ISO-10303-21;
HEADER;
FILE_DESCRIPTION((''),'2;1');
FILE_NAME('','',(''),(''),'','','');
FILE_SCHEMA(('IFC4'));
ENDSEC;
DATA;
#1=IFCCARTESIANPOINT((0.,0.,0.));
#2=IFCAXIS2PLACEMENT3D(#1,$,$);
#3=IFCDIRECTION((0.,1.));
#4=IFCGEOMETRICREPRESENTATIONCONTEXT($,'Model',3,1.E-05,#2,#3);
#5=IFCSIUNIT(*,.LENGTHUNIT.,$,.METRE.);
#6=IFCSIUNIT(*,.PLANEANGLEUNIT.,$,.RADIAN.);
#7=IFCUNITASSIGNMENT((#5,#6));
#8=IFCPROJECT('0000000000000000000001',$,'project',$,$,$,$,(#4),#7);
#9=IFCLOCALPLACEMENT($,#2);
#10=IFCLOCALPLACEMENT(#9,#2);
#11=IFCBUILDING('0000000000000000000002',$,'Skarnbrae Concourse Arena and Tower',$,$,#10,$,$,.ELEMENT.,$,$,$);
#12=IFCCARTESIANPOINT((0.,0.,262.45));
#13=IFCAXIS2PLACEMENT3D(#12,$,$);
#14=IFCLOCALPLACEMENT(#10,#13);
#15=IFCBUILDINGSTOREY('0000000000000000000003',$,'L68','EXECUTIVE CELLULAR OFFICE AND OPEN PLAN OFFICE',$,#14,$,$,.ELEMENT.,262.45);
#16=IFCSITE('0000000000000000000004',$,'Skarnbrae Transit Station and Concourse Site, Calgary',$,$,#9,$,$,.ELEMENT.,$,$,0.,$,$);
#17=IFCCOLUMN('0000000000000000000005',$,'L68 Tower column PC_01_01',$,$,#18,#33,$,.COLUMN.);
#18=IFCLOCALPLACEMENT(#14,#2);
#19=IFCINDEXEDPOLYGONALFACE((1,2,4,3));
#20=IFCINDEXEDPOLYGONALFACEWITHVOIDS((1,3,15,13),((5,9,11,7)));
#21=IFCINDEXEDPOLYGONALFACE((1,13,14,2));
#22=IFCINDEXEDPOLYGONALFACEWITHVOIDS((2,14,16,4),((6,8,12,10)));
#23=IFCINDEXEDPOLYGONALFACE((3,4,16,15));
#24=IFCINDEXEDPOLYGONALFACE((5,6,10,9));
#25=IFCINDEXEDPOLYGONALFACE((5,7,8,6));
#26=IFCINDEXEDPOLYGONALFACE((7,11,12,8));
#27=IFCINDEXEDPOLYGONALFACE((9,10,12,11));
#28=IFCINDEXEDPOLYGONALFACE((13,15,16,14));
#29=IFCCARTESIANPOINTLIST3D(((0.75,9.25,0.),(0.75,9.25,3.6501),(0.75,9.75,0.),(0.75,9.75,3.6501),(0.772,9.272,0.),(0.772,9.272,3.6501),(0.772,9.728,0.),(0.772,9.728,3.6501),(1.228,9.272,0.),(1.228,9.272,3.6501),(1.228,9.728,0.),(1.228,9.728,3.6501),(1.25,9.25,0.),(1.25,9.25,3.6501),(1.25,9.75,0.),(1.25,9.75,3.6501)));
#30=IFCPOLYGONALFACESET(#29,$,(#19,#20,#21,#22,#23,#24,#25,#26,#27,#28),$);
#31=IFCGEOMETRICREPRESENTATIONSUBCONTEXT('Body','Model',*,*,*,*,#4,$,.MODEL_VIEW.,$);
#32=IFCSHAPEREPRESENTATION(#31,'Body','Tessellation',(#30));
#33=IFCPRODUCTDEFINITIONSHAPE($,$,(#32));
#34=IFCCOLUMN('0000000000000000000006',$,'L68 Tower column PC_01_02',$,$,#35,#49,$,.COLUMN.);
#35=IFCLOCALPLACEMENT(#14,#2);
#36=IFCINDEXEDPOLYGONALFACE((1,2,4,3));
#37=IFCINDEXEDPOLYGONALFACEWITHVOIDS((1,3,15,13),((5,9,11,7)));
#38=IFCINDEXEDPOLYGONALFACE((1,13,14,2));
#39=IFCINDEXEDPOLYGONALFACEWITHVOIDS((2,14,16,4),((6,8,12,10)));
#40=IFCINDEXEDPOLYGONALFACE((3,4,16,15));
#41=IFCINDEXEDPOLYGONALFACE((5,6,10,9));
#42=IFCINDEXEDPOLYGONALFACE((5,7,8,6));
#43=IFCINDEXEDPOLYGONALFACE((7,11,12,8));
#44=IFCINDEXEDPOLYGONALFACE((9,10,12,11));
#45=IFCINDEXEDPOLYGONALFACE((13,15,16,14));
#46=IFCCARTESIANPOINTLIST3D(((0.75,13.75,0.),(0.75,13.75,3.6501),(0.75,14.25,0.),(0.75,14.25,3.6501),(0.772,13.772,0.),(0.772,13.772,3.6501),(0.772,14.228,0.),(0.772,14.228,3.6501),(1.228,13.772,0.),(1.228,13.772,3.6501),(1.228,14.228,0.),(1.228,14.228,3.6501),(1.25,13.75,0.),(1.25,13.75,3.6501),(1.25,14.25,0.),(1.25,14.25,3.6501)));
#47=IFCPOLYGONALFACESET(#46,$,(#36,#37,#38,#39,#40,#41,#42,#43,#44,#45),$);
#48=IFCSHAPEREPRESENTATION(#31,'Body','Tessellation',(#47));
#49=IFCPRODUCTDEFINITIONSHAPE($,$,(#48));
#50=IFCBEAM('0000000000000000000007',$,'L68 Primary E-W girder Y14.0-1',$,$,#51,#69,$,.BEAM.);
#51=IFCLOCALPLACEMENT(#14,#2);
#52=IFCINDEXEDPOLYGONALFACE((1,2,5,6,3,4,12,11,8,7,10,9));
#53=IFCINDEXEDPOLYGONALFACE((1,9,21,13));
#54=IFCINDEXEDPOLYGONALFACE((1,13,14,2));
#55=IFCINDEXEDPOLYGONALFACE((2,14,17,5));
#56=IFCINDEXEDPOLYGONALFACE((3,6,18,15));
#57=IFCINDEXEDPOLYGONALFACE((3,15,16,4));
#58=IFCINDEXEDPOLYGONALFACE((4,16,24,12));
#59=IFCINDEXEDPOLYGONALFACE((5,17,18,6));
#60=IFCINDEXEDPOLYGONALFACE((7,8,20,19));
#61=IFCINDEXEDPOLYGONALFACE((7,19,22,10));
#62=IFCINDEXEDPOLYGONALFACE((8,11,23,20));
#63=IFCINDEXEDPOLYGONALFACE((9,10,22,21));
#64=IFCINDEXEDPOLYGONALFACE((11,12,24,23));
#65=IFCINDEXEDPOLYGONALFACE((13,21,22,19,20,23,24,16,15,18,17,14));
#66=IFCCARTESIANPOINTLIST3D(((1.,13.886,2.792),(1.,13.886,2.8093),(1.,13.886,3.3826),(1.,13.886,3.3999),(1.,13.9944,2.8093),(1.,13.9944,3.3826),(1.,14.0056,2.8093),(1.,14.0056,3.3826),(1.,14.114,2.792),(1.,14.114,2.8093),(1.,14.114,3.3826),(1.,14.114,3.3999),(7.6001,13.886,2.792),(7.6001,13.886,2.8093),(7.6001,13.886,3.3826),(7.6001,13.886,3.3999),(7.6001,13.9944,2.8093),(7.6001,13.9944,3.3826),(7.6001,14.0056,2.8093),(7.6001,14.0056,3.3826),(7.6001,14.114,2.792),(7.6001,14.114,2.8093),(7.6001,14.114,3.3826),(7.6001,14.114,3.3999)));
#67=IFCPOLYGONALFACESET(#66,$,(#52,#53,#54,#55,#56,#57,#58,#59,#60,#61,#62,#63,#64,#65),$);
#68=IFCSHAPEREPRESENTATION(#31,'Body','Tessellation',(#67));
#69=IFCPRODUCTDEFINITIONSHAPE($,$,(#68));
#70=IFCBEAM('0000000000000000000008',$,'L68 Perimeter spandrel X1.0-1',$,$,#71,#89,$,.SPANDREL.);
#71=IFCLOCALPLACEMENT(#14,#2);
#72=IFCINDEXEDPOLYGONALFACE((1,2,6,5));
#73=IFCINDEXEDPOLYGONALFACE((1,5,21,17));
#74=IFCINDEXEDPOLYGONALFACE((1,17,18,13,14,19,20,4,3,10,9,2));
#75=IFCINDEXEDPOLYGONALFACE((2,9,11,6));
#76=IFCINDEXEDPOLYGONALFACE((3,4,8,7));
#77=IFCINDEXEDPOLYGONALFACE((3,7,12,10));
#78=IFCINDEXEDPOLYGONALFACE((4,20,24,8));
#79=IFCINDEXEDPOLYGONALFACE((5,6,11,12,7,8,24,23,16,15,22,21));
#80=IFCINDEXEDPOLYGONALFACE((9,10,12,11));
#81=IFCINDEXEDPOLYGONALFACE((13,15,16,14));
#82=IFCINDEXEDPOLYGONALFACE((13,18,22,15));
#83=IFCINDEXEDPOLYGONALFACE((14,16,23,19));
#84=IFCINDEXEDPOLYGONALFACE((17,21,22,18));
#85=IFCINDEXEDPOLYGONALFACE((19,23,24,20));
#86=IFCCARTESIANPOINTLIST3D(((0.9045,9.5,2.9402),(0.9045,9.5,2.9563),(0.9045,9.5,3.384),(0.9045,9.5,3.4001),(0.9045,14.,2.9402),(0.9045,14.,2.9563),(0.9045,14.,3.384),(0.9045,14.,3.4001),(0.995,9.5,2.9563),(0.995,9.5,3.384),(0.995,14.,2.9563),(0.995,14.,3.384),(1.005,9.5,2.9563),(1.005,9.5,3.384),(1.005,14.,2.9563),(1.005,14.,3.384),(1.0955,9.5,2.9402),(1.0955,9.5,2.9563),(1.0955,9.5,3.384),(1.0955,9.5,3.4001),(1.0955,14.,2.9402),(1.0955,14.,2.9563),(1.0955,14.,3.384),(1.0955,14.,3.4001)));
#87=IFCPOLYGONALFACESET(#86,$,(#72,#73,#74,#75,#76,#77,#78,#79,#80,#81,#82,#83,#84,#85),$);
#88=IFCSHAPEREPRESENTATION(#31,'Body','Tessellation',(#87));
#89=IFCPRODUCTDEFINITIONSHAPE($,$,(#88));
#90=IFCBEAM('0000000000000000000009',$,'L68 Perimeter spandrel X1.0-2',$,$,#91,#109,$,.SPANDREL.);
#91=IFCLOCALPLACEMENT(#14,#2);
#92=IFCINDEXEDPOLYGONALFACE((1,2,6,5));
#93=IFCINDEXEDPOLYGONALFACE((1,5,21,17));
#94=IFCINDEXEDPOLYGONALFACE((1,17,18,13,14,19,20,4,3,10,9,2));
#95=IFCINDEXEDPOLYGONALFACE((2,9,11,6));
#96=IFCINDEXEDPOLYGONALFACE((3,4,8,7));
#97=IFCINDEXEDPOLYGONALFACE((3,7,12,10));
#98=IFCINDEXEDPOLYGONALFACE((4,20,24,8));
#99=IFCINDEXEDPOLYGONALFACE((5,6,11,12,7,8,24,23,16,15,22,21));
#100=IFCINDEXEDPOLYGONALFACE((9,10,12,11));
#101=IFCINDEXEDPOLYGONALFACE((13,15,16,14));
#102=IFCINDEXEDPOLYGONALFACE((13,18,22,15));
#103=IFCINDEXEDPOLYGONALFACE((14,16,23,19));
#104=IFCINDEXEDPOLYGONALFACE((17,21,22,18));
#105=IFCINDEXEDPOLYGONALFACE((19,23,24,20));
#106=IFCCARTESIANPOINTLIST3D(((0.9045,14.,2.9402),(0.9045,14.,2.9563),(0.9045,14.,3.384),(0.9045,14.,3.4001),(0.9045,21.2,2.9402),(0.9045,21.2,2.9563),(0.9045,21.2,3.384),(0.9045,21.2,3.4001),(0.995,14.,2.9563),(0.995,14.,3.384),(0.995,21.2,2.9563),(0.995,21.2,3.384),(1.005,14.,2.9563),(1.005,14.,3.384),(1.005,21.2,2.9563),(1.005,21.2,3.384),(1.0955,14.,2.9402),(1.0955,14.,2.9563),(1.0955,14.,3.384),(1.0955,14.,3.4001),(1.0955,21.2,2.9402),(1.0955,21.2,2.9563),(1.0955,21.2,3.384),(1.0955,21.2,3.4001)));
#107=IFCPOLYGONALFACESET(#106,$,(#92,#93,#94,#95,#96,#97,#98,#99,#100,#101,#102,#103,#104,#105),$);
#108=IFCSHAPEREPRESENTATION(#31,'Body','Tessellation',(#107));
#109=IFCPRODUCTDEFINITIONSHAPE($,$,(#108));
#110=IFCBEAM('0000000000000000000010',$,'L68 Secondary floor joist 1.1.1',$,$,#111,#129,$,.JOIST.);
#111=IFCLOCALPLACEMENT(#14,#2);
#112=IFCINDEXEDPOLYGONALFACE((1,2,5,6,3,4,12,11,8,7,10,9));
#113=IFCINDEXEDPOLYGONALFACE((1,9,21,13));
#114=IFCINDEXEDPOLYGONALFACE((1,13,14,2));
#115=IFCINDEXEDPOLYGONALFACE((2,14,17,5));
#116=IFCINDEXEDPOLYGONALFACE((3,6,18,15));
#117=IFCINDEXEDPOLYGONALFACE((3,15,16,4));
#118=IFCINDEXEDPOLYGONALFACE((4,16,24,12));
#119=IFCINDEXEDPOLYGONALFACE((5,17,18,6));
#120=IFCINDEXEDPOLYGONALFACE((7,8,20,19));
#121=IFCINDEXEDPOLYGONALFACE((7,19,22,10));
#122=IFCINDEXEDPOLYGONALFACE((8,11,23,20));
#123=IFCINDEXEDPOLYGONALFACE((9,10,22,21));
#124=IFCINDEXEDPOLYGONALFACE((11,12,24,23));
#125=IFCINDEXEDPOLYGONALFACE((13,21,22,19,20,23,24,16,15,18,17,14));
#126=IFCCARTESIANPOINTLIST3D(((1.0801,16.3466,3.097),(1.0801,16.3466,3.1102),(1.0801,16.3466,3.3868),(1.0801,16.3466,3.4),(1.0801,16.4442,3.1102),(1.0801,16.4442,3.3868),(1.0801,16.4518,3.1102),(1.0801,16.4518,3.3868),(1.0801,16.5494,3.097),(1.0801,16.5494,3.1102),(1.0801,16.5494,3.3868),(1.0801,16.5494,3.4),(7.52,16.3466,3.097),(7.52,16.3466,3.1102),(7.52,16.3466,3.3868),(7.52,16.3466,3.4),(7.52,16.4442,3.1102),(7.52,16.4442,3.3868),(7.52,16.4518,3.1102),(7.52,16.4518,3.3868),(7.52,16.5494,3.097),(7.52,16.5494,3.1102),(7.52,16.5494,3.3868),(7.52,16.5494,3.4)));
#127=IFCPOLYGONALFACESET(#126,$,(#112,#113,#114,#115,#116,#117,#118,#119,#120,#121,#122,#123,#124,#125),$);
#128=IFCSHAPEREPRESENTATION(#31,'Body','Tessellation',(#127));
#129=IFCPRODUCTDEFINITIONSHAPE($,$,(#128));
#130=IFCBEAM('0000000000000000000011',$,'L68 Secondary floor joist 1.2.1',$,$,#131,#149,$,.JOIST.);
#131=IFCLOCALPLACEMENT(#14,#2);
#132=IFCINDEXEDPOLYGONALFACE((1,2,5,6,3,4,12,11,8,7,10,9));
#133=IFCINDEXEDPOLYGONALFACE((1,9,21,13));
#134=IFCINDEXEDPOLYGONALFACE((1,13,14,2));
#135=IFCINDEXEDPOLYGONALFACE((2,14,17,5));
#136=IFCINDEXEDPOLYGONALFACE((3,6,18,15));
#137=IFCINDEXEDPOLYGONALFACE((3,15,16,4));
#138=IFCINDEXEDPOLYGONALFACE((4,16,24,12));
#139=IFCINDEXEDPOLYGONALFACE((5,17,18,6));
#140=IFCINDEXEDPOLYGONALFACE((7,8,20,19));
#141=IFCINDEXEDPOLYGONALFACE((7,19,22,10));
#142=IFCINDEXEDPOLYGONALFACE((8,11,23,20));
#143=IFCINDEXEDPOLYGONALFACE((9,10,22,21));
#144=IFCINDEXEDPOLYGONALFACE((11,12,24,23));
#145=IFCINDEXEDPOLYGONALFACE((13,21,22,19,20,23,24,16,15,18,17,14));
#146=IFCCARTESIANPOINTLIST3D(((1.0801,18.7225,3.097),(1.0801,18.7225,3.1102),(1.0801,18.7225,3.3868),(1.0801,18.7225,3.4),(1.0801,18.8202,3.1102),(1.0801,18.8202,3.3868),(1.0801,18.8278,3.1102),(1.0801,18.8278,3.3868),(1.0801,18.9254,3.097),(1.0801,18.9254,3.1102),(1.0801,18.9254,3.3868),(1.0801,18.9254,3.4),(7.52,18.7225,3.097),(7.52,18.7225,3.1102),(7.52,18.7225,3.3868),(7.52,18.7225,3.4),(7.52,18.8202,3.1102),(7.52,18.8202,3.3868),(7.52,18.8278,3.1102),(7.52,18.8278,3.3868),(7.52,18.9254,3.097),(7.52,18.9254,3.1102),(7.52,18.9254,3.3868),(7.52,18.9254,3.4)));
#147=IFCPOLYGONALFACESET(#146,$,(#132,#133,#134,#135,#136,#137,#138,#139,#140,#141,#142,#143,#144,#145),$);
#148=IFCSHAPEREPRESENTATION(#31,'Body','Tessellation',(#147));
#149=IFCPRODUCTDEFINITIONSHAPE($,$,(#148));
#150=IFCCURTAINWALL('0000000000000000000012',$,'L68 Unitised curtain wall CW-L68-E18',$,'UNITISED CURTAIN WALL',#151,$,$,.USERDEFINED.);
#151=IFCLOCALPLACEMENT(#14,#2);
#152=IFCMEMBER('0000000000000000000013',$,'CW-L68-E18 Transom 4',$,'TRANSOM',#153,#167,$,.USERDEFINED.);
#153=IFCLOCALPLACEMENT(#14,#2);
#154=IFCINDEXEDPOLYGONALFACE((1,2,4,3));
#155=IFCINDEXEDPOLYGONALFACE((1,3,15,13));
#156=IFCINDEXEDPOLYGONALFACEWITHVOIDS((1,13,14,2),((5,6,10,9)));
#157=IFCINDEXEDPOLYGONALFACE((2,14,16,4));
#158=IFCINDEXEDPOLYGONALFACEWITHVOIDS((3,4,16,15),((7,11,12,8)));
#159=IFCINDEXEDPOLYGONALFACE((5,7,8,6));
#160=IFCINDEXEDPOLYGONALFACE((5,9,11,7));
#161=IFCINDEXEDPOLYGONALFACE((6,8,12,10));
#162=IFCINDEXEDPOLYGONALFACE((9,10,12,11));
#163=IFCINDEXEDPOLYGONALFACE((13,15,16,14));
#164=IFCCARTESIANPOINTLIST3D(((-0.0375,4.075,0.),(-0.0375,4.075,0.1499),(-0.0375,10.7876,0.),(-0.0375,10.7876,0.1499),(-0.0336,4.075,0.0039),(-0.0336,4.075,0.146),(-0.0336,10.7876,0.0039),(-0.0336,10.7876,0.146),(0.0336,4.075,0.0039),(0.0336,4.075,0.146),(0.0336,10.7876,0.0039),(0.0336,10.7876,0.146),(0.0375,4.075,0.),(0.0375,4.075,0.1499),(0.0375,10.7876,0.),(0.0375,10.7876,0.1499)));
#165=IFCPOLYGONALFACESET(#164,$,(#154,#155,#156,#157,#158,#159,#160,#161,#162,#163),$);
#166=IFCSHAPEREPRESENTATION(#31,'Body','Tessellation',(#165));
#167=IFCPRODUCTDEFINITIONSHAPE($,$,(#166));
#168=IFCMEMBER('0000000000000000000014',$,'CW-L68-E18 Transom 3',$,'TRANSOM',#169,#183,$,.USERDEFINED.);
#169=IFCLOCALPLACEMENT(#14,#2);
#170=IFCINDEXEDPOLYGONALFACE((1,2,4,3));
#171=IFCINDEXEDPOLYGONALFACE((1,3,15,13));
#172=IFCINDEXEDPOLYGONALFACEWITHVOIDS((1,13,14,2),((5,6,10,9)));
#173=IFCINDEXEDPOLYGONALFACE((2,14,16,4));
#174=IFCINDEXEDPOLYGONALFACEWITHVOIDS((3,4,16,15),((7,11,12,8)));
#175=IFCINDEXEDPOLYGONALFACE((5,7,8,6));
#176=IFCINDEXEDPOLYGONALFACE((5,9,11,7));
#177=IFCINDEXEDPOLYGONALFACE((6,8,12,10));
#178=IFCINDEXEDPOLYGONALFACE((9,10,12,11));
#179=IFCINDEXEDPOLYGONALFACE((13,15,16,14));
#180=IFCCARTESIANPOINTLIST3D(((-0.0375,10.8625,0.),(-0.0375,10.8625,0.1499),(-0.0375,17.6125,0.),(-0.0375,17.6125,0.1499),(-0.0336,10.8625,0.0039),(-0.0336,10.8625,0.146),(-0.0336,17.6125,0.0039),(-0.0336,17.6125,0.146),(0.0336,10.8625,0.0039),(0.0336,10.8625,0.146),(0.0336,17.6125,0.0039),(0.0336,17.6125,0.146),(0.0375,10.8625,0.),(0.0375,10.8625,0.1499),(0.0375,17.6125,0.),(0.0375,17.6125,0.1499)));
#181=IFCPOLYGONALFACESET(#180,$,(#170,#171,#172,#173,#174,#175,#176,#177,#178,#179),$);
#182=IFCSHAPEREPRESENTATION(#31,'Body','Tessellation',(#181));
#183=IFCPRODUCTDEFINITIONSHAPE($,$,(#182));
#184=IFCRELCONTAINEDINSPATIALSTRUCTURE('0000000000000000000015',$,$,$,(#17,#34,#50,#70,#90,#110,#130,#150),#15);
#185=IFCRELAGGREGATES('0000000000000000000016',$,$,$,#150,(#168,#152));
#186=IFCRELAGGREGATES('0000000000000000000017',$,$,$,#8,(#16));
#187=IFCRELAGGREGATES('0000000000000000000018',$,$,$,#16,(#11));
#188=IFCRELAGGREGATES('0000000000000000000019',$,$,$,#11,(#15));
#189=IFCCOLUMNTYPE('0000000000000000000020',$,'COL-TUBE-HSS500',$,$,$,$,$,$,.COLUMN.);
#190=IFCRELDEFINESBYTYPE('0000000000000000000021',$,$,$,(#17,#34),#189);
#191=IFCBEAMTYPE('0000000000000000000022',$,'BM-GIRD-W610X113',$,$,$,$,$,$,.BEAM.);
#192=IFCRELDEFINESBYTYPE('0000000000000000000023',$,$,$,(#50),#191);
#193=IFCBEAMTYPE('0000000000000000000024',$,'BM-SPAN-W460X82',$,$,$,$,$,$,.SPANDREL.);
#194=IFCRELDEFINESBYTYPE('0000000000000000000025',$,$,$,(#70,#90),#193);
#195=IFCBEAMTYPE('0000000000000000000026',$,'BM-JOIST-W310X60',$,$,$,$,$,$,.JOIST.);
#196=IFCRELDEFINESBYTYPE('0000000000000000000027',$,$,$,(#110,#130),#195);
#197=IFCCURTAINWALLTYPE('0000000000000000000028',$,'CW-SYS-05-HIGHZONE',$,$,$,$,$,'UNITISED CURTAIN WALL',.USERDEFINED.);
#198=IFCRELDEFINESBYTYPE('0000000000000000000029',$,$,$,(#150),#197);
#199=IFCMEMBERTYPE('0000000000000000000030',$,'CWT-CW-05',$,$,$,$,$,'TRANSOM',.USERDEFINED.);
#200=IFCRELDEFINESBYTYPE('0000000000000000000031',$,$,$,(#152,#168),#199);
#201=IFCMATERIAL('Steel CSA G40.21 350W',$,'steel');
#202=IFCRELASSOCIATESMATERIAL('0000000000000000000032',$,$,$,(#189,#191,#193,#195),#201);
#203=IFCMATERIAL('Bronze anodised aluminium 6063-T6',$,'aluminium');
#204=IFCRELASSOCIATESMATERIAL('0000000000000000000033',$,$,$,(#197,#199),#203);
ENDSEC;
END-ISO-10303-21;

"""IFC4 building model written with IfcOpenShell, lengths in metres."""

from ifc_helpers import new_model, si_unit, direction, frame, origin, origin_2d, place, context, subcontext, project, spatial, hollow_rectangle, i_section, extrude, source, transform, mapped, material, material_profile, profile_set, type_object, element, aggregate, save


model = new_model("IFC4")

# Units and contexts
model_context = context("Model", 3, precision=1e-05, world=origin(), true_north=direction((0.0, 1.0)))
body_context = subcontext(model_context, "Body", "Model", "MODEL_VIEW")
ifc_project = project(units=[si_unit("LENGTHUNIT", "METRE"), si_unit("PLANEANGLEUNIT", "RADIAN")], contexts=[model_context])

# Site, building, storey
site_placement = place(None, origin())
site = spatial("IfcSite", under=ifc_project, at=site_placement, Name="Skarnbrae Transit Station and Concourse Site, Calgary", CompositionType="ELEMENT", RefElevation=0.0)
building_placement = place(site_placement, origin())
building = spatial("IfcBuilding", under=site, at=building_placement, Name="Skarnbrae Concourse Arena and Tower", CompositionType="ELEMENT")
storey_placement = place(building_placement, frame((0.0, 0.0, 262.45)))
storey = spatial("IfcBuildingStorey", under=building, at=storey_placement, Name="L68", Description="EXECUTIVE CELLULAR OFFICE AND OPEN PLAN OFFICE", CompositionType="ELEMENT", Elevation=262.45)

# Columns
ifc_material_1 = material(Name="Steel CSA G40.21 350W", Category="steel")
ifc_material_profile_1 = material_profile(ifc_material_1, hollow_rectangle(XDim=0.5, YDim=0.5, WallThickness=0.022, at=origin_2d()), Name="HSS500X500X22.0")
ifc_profile_set_1 = profile_set([ifc_material_profile_1], Name="Steel CSA G40.21 350W")
column_type = type_object("IfcColumnType", Name="COL-TUBE-HSS500", PredefinedType="COLUMN", material=ifc_profile_set_1)
shared_shape_1 = source(origin(), body_context, "Body", "SweptSolid", [
    extrude(hollow_rectangle(XDim=0.5, YDim=0.5, WallThickness=0.022, at=origin_2d()), origin(), (0.0, 0.0, 1.0), 3.6501),
])
for number, where, z_axis, x_axis, name in (
    (1, (1.0, 9.5, 0.0), (0.0, 0.0, 1.0), (1.0, 0.0, 0.0), "L68 Tower column PC_01_01"),
    (2, (1.0, 14.0, 0.0), (0.0, 0.0, 1.0), (1.0, 0.0, 0.0), "L68 Tower column PC_01_02"),
):
    element("IfcColumn", number, at=place(storey_placement, frame(where, z_axis=z_axis, x_axis=x_axis)), inside=storey, type_object=column_type, Name=name, PredefinedType="COLUMN", context=body_context, shape_type="MappedRepresentation", body=[
        mapped(shared_shape_1, transform((0.0, 0.0, 0.0))),
    ])

# Beams
ifc_material_profile_2 = material_profile(ifc_material_1, i_section(OverallWidth=0.228, OverallDepth=0.6079, WebThickness=0.0112, FlangeThickness=0.0173, at=origin_2d()), Name="W610X113")
ifc_profile_set_2 = profile_set([ifc_material_profile_2], Name="Steel CSA G40.21 350W")
beam_type_1 = type_object("IfcBeamType", Name="BM-GIRD-W610X113", PredefinedType="BEAM", material=ifc_profile_set_2)
shared_shape_2 = source(origin(), body_context, "Body", "SweptSolid", [
    extrude(i_section(OverallWidth=0.228, OverallDepth=0.6079, WebThickness=0.0112, FlangeThickness=0.0173, at=origin_2d()), origin(), (0.0, 0.0, 1.0), 6.6001),
])
beam_1_placement = place(storey_placement, frame((1.0, 14.0, 3.0959), z_axis=(1.0, 0.0, 0.0), x_axis=(0.0, 1.0, 0.0)))
element("IfcBeam", 3, at=beam_1_placement, inside=storey, type_object=beam_type_1, Name="L68 Primary E-W girder Y14.0-1", PredefinedType="BEAM", context=body_context, shape_type="MappedRepresentation", body=[
    mapped(shared_shape_2, transform((0.0, 0.0, 0.0))),
])
ifc_material_profile_3 = material_profile(ifc_material_1, i_section(OverallWidth=0.1909, OverallDepth=0.46, WebThickness=0.01, FlangeThickness=0.0161, at=origin_2d()), Name="W460X82")
ifc_profile_set_3 = profile_set([ifc_material_profile_3], Name="Steel CSA G40.21 350W")
beam_type_2 = type_object("IfcBeamType", Name="BM-SPAN-W460X82", PredefinedType="SPANDREL", material=ifc_profile_set_3)
shared_shape_3 = source(origin(), body_context, "Body", "SweptSolid", [
    extrude(i_section(OverallWidth=0.1909, OverallDepth=0.46, WebThickness=0.01, FlangeThickness=0.0161, at=origin_2d()), origin(), (0.0, 0.0, 1.0), 4.5),
])
beam_2_placement = place(storey_placement, frame((1.0, 9.5, 3.1702), z_axis=(0.0, 1.0, 0.0), x_axis=(-1.0, 0.0, 0.0)))
element("IfcBeam", 4, at=beam_2_placement, inside=storey, type_object=beam_type_2, Name="L68 Perimeter spandrel X1.0-1", PredefinedType="SPANDREL", context=body_context, shape_type="MappedRepresentation", body=[
    mapped(shared_shape_3, transform((0.0, 0.0, 0.0))),
])
shared_shape_4 = source(origin(), body_context, "Body", "SweptSolid", [
    extrude(i_section(OverallWidth=0.1909, OverallDepth=0.46, WebThickness=0.01, FlangeThickness=0.0161, at=origin_2d()), origin(), (0.0, 0.0, 1.0), 7.2),
])
beam_3_placement = place(storey_placement, frame((1.0, 14.0, 3.1702), z_axis=(0.0, 1.0, 0.0), x_axis=(-1.0, 0.0, 0.0)))
element("IfcBeam", 5, at=beam_3_placement, inside=storey, type_object=beam_type_2, Name="L68 Perimeter spandrel X1.0-2", PredefinedType="SPANDREL", context=body_context, shape_type="MappedRepresentation", body=[
    mapped(shared_shape_4, transform((0.0, 0.0, 0.0))),
])
ifc_material_profile_4 = material_profile(ifc_material_1, i_section(OverallWidth=0.2029, OverallDepth=0.303, WebThickness=0.0076, FlangeThickness=0.0132, at=origin_2d()), Name="W310X60")
ifc_profile_set_4 = profile_set([ifc_material_profile_4], Name="Steel CSA G40.21 350W")
beam_type_3 = type_object("IfcBeamType", Name="BM-JOIST-W310X60", PredefinedType="JOIST", material=ifc_profile_set_4)
shared_shape_5 = source(origin(), body_context, "Body", "SweptSolid", [
    extrude(i_section(OverallWidth=0.2029, OverallDepth=0.303, WebThickness=0.0076, FlangeThickness=0.0132, at=origin_2d()), origin(), (0.0, 0.0, 1.0), 6.4399),
])
for number, where, z_axis, x_axis, name in (
    (6, (1.0801, 16.448, 3.2485), (1.0, 0.0, 0.0), (0.0, 1.0, 0.0), "L68 Secondary floor joist 1.1.1"),
    (7, (1.0801, 18.824, 3.2485), (1.0, 0.0, 0.0), (0.0, 1.0, 0.0), "L68 Secondary floor joist 1.2.1"),
):
    element("IfcBeam", number, at=place(storey_placement, frame(where, z_axis=z_axis, x_axis=x_axis)), inside=storey, type_object=beam_type_3, Name=name, PredefinedType="JOIST", context=body_context, shape_type="MappedRepresentation", body=[
        mapped(shared_shape_5, transform((0.0, 0.0, 0.0))),
    ])

# Curtain wall, members
ifc_material_2 = material(Name="Bronze anodised aluminium 6063-T6", Category="aluminium")
curtain_wall_type = type_object("IfcCurtainWallType", Name="CW-SYS-05-HIGHZONE", ElementType="UNITISED CURTAIN WALL", PredefinedType="USERDEFINED", material=ifc_material_2)
curtain_wall_placement = place(storey_placement, origin())
curtain_wall = element("IfcCurtainWall", 8, at=curtain_wall_placement, inside=storey, type_object=curtain_wall_type, Name="L68 Unitised curtain wall CW-L68-E18", ObjectType="UNITISED CURTAIN WALL", PredefinedType="USERDEFINED")
ifc_material_profile_5 = material_profile(ifc_material_2, hollow_rectangle(XDim=0.075, YDim=0.1499, WallThickness=0.0039, at=origin_2d()), Name="ALU-TRAN-75X150")
ifc_profile_set_5 = profile_set([ifc_material_profile_5], Name="Bronze anodised aluminium 6063-T6")
member_type_1 = type_object("IfcMemberType", Name="CWT-CW-05", ElementType="TRANSOM", PredefinedType="USERDEFINED", material=ifc_profile_set_5)
shared_shape_6 = source(origin(), body_context, "Body", "SweptSolid", [
    extrude(hollow_rectangle(XDim=0.075, YDim=0.1499, WallThickness=0.0039, at=origin_2d()), origin(), (0.0, 0.0, 1.0), 6.7126),
])
member_1_placement = place(storey_placement, frame((0.0, 10.7876, 0.075), z_axis=(0.0, -1.0, 0.0), x_axis=(1.0, 0.0, 0.0)))
member_1 = element("IfcMember", 9, at=member_1_placement, type_object=member_type_1, Name="CW-L68-E18 Transom 4", ObjectType="TRANSOM", PredefinedType="USERDEFINED", context=body_context, shape_type="MappedRepresentation", body=[
    mapped(shared_shape_6, transform((0.0, 0.0, 0.0))),
])
shared_shape_7 = source(origin(), body_context, "Body", "SweptSolid", [
    extrude(hollow_rectangle(XDim=0.075, YDim=0.1499, WallThickness=0.0039, at=origin_2d()), origin(), (0.0, 0.0, 1.0), 6.75),
])
member_2_placement = place(storey_placement, frame((0.0, 17.6125, 0.075), z_axis=(0.0, -1.0, 0.0), x_axis=(1.0, 0.0, 0.0)))
member_2 = element("IfcMember", 10, at=member_2_placement, type_object=member_type_1, Name="CW-L68-E18 Transom 3", ObjectType="TRANSOM", PredefinedType="USERDEFINED", context=body_context, shape_type="MappedRepresentation", body=[
    mapped(shared_shape_7, transform((0.0, 0.0, 0.0))),
])

aggregate(curtain_wall, [member_2, member_1])

save(model, "model.ifc")
